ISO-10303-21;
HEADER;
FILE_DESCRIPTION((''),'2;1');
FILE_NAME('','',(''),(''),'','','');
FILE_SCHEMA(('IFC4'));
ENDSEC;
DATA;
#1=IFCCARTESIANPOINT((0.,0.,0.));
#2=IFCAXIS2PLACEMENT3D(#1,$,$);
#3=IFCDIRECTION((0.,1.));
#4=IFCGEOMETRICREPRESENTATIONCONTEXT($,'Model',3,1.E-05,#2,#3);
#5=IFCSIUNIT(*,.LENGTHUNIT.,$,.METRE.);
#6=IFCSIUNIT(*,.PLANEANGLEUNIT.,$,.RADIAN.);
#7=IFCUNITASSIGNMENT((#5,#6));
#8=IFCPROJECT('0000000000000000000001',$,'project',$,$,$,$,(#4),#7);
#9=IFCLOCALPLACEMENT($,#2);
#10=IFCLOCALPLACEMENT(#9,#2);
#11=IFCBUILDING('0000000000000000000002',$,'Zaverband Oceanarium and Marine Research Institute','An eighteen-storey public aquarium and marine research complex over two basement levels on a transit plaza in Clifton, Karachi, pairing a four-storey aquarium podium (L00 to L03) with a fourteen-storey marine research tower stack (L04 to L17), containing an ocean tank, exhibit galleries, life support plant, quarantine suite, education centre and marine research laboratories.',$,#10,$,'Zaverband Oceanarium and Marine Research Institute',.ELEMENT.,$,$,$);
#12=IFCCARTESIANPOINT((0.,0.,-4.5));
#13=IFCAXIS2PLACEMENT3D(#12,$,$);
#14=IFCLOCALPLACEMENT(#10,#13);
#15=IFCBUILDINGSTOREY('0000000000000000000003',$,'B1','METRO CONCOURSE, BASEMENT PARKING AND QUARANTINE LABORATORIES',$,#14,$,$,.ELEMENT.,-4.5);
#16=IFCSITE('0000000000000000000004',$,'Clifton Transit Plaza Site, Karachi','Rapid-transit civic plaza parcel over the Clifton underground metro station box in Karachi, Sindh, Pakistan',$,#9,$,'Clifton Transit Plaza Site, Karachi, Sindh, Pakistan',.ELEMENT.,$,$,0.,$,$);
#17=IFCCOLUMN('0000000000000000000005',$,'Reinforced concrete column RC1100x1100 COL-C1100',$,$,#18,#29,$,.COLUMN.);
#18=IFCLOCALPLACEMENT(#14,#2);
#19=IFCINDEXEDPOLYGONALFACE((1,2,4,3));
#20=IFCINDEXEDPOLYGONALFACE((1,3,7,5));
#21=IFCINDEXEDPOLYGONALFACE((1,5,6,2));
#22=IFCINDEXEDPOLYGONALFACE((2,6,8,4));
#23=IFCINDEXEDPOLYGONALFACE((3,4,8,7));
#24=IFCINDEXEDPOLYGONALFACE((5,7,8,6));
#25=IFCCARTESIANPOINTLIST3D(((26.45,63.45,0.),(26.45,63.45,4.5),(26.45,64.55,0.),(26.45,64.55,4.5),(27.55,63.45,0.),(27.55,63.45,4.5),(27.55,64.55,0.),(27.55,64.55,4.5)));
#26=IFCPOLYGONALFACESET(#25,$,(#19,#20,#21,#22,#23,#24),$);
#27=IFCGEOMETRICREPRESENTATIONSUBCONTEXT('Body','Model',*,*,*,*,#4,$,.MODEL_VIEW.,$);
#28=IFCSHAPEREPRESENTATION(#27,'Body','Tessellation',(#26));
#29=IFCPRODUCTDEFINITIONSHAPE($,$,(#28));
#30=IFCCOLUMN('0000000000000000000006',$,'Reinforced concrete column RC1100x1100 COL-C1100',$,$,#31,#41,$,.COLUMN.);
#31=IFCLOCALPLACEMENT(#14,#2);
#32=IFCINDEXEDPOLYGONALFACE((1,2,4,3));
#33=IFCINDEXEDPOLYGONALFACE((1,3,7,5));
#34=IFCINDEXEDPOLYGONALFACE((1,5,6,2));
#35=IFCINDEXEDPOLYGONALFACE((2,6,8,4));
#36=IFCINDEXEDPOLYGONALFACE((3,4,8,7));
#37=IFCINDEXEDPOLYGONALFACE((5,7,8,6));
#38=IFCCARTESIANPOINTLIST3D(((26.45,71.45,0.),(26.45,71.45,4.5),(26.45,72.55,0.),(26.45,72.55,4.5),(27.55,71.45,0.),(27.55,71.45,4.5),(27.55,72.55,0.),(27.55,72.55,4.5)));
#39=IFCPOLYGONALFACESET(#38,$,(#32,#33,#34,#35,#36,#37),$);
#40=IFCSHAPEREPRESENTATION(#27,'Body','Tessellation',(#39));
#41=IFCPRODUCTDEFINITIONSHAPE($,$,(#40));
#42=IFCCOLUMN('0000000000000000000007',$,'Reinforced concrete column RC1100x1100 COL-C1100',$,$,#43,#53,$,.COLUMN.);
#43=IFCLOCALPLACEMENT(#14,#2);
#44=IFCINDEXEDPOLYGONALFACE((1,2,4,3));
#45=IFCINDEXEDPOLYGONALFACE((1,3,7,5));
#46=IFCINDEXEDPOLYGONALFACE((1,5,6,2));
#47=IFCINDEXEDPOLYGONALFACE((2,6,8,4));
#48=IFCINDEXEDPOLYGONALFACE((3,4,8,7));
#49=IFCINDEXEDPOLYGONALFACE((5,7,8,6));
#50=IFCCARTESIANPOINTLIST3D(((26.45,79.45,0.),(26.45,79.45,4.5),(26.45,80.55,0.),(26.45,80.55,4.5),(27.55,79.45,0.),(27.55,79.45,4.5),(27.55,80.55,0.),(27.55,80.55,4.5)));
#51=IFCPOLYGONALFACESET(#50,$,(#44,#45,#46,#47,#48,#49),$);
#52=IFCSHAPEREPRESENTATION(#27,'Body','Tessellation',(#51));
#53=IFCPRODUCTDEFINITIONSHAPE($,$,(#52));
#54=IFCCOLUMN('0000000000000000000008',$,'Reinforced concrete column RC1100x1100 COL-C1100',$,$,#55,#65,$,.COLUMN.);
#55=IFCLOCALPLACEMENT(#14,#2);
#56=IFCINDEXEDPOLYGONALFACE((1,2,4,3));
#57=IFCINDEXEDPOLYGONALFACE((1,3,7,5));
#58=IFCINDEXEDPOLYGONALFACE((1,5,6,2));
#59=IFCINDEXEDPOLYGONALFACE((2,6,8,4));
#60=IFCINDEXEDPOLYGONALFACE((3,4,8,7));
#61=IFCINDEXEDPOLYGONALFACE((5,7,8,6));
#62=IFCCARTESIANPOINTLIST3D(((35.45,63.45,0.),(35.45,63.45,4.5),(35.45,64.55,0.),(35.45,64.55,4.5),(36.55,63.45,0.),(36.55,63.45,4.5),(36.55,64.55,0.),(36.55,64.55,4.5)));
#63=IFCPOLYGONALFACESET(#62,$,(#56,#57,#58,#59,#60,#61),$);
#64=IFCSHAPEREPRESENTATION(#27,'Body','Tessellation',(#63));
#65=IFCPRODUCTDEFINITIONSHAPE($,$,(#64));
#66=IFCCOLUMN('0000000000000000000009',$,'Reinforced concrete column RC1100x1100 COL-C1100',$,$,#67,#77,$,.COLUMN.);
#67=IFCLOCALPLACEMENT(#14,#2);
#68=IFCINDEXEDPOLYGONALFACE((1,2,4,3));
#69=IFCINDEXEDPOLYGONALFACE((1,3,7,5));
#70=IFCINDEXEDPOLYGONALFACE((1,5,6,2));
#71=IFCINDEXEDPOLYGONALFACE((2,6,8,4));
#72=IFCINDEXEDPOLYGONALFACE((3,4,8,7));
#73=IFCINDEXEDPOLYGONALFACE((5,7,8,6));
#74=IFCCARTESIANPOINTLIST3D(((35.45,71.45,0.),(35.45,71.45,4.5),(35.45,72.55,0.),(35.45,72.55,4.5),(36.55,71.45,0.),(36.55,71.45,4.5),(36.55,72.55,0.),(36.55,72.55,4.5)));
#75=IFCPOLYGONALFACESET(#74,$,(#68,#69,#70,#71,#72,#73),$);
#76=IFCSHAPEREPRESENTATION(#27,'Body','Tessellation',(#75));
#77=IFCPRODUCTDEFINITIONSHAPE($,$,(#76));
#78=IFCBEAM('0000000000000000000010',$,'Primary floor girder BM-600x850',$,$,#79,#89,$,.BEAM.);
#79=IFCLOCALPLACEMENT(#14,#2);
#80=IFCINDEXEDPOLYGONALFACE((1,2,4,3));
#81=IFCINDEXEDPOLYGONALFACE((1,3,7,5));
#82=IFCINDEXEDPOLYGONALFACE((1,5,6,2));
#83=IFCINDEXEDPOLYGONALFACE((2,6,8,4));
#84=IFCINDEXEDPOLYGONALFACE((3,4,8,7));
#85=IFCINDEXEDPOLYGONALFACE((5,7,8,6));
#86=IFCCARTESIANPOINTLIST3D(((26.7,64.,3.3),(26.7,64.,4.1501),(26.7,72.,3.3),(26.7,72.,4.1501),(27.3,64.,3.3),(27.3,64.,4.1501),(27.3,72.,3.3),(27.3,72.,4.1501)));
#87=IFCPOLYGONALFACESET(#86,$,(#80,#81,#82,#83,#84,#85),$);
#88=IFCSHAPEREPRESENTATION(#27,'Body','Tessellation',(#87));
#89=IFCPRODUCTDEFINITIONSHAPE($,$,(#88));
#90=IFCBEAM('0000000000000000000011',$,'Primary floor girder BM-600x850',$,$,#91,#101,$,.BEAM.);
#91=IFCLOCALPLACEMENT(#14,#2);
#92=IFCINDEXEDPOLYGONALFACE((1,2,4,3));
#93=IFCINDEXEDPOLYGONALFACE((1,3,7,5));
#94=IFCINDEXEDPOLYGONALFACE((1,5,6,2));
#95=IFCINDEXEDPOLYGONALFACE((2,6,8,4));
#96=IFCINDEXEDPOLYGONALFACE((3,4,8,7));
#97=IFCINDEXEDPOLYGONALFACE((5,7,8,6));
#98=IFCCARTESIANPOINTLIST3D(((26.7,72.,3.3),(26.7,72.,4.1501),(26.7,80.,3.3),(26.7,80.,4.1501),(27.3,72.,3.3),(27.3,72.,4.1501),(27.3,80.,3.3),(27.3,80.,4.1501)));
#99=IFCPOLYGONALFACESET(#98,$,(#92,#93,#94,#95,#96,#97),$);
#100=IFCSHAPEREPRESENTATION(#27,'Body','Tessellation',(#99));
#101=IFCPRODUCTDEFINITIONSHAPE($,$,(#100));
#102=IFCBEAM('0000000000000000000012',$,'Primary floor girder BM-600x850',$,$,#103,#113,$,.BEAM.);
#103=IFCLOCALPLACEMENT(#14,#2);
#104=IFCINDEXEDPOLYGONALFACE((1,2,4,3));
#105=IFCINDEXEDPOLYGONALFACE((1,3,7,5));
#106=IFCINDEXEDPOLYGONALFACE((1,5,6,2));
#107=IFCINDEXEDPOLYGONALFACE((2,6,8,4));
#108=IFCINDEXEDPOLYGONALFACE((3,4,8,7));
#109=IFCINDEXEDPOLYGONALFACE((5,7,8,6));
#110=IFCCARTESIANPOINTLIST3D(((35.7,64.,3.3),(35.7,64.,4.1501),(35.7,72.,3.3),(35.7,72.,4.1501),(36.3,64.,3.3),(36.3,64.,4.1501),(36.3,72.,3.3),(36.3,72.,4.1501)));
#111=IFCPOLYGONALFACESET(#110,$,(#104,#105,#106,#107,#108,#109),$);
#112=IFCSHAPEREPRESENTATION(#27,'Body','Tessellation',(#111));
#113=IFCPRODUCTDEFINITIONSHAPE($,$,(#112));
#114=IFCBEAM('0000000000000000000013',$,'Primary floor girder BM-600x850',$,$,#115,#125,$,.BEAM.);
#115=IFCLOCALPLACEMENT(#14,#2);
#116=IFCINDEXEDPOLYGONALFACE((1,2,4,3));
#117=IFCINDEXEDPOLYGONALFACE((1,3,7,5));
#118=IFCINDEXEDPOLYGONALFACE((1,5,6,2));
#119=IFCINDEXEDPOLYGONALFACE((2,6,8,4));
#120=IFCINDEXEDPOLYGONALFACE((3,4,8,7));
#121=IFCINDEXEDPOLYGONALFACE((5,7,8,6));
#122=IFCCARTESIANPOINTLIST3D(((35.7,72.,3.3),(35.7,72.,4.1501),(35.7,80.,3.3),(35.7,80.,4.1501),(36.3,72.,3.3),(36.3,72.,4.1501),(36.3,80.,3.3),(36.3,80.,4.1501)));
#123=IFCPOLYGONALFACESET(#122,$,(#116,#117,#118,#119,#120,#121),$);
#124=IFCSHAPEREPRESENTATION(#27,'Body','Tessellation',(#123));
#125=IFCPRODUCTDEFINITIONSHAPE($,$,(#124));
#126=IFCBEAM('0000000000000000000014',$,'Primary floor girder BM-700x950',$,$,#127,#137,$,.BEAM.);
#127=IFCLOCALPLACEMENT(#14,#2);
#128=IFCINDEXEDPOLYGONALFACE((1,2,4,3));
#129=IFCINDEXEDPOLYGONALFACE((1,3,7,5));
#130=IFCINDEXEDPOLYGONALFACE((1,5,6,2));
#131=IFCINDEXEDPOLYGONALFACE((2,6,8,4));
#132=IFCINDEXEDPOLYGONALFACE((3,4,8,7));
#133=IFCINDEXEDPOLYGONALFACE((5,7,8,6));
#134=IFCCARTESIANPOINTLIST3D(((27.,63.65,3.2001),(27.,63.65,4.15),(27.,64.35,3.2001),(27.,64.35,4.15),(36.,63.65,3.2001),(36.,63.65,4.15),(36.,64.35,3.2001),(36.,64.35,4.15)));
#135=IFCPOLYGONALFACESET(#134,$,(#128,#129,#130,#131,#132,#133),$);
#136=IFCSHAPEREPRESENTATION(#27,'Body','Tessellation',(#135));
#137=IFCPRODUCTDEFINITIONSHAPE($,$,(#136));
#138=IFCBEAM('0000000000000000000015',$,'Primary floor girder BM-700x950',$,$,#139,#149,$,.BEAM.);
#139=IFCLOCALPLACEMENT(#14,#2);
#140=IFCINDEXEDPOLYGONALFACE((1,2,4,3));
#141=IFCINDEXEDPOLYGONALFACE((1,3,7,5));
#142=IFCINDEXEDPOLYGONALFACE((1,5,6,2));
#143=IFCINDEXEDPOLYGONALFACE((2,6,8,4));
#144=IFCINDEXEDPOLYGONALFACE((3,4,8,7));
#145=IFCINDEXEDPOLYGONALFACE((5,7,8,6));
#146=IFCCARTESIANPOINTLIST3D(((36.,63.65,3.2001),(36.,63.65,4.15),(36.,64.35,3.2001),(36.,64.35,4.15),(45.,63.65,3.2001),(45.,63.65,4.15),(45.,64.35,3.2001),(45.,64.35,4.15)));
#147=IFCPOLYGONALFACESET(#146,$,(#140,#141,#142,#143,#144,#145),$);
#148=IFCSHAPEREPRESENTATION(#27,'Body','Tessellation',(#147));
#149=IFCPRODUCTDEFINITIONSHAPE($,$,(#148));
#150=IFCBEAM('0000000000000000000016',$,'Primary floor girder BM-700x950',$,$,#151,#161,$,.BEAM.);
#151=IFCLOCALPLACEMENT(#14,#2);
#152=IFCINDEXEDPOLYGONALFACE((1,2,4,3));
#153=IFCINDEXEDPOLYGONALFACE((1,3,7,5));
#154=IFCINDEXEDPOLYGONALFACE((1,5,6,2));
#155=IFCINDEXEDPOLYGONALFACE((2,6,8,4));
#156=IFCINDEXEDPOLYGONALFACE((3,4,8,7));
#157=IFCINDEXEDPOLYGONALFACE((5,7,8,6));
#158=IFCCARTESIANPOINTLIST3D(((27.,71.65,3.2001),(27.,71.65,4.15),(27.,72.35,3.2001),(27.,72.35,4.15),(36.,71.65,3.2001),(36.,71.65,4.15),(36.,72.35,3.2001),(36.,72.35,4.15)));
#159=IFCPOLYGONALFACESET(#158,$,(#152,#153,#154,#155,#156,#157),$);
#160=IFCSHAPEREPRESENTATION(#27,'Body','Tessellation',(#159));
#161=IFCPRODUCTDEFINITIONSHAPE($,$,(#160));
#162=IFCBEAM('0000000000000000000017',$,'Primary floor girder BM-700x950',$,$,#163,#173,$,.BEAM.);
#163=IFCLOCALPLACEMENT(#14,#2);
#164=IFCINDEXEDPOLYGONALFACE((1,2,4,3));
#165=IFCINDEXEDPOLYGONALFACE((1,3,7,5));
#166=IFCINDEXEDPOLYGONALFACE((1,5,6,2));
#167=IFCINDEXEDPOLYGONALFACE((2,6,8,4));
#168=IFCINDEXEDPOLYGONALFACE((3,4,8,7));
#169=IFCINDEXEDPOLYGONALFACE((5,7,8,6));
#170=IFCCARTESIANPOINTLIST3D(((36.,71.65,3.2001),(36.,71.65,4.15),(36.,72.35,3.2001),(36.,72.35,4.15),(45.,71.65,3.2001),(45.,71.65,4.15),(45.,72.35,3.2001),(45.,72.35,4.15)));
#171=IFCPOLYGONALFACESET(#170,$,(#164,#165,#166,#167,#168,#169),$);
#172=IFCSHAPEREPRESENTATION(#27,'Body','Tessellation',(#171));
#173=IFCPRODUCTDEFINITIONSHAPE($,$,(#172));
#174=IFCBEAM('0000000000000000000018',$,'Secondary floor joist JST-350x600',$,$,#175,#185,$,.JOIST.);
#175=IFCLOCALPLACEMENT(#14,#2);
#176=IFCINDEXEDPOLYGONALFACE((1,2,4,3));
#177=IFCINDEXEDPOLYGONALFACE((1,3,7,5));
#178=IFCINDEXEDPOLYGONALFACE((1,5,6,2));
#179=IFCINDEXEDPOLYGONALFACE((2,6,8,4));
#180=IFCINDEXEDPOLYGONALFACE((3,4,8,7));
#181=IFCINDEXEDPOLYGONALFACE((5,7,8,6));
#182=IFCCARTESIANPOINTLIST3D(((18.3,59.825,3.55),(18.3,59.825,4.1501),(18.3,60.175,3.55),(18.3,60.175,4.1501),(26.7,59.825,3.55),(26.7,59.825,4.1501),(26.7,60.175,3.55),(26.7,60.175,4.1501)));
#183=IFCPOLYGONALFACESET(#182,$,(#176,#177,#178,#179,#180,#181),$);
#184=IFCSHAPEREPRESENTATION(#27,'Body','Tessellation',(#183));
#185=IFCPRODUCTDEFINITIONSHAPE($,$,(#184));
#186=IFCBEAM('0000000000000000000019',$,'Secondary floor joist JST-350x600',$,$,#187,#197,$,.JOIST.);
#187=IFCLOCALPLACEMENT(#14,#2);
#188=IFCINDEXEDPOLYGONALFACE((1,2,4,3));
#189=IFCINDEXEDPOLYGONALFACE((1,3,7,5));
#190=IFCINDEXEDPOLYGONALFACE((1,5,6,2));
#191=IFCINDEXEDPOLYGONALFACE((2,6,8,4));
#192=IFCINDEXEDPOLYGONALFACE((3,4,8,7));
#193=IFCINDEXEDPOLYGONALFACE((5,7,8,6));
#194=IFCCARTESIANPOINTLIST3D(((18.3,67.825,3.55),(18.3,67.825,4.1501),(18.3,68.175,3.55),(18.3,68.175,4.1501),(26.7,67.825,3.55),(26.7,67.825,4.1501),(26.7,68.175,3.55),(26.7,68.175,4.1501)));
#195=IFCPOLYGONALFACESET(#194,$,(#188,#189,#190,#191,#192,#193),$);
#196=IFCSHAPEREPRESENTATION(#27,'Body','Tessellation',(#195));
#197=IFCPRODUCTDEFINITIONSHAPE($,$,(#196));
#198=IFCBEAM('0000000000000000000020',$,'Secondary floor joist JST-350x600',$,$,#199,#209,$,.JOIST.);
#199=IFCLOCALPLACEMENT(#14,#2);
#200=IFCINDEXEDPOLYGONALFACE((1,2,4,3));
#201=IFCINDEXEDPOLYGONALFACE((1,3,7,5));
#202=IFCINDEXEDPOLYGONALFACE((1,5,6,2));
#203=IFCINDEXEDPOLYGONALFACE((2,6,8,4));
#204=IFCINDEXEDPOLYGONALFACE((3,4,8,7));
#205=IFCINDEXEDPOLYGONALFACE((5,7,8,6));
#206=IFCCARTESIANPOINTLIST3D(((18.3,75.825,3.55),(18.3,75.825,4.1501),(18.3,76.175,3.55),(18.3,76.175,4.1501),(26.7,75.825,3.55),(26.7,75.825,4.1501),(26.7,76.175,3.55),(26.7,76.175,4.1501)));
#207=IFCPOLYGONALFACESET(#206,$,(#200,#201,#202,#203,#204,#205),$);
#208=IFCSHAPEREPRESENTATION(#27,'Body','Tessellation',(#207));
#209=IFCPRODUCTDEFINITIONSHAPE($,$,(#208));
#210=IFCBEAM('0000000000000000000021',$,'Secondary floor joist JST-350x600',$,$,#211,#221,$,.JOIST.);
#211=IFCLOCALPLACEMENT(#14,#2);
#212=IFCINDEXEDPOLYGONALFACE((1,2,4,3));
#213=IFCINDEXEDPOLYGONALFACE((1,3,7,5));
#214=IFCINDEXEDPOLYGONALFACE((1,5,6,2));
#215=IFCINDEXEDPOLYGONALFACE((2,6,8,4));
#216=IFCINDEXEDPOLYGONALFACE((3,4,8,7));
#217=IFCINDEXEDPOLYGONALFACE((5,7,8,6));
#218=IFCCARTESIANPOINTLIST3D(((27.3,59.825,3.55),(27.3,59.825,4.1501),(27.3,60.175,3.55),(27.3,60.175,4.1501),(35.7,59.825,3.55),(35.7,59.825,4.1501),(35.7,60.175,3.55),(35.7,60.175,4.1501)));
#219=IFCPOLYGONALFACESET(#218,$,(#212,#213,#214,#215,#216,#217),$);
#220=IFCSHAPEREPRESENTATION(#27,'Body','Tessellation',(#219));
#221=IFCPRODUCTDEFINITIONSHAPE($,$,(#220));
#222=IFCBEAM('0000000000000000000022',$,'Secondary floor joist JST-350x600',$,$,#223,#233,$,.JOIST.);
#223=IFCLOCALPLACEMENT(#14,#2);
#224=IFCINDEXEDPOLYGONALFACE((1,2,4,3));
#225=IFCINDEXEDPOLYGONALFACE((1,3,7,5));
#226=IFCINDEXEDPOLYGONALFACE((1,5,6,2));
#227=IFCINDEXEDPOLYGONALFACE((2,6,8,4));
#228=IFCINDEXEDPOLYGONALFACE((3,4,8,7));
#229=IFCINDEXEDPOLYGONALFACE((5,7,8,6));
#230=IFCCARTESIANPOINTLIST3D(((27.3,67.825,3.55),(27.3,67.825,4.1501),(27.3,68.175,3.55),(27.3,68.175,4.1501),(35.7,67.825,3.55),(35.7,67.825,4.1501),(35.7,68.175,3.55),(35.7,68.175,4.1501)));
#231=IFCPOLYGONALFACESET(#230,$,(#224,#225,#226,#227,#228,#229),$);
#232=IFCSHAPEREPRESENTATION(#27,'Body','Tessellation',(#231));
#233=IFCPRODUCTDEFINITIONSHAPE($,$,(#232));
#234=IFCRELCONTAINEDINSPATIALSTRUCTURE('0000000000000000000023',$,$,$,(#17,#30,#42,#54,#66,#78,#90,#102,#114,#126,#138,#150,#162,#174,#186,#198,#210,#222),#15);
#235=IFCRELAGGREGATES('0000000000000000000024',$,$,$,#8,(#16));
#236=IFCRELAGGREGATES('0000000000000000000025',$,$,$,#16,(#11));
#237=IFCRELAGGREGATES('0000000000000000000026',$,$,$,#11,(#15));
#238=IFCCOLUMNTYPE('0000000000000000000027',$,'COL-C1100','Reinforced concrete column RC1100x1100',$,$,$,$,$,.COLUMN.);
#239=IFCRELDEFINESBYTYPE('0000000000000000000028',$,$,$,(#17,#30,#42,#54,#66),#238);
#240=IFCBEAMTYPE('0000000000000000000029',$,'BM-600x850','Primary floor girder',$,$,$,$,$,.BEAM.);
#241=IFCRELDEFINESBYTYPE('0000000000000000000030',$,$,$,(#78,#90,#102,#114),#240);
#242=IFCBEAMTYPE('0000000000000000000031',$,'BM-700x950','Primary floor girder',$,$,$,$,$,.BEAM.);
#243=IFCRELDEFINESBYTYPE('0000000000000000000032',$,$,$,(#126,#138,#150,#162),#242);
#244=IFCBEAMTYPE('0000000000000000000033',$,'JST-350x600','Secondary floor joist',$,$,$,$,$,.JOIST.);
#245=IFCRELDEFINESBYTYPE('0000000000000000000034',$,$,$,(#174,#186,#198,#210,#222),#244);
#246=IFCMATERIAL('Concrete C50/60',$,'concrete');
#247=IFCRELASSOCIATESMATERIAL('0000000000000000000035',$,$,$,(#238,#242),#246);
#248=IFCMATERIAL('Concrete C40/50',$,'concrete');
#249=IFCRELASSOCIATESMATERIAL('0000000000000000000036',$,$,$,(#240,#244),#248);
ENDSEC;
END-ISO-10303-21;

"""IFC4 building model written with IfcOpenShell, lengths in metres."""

from ifc_helpers import new_model, si_unit, direction, frame, origin, origin_2d, place, context, subcontext, project, spatial, rectangle, extrude, material, material_profile, profile_set, type_object, element, save


model = new_model("IFC4")

# Units and contexts
model_context = context("Model", 3, precision=1e-05, world=origin(), true_north=direction((0.0, 1.0)))
body_context = subcontext(model_context, "Body", "Model", "MODEL_VIEW")
ifc_project = project(units=[si_unit("LENGTHUNIT", "METRE"), si_unit("PLANEANGLEUNIT", "RADIAN")], contexts=[model_context])

# Site, building, storey
site_placement = place(None, origin())
site = spatial("IfcSite", under=ifc_project, at=site_placement, Name="Clifton Transit Plaza Site, Karachi", Description="Rapid-transit civic plaza parcel over the Clifton underground metro station box in Karachi, Sindh, Pakistan", LongName="Clifton Transit Plaza Site, Karachi, Sindh, Pakistan", CompositionType="ELEMENT", RefElevation=0.0)
building_placement = place(site_placement, origin())
building = spatial("IfcBuilding", under=site, at=building_placement, Name="Zaverband Oceanarium and Marine Research Institute", Description="An eighteen-storey public aquarium and marine research complex over two basement levels on a transit plaza in Clifton, Karachi, pairing a four-storey aquarium podium (L00 to L03) with a fourteen-storey marine research tower stack (L04 to L17), containing an ocean tank, exhibit galleries, life support plant, quarantine suite, education centre and marine research laboratories.", LongName="Zaverband Oceanarium and Marine Research Institute", CompositionType="ELEMENT")
storey_placement = place(building_placement, frame((0.0, 0.0, -4.5)))
storey = spatial("IfcBuildingStorey", under=building, at=storey_placement, Name="B1", Description="METRO CONCOURSE, BASEMENT PARKING AND QUARANTINE LABORATORIES", CompositionType="ELEMENT", Elevation=-4.5)

# Columns
ifc_material_1 = material(Name="Concrete C50/60", Category="concrete")
ifc_material_profile_1 = material_profile(ifc_material_1, rectangle(XDim=1.1001, YDim=1.1001, at=origin_2d()), Name="RC1100x1100")
ifc_profile_set_1 = profile_set([ifc_material_profile_1], Name="Concrete C50/60")
column_type = type_object("IfcColumnType", Name="COL-C1100", Description="Reinforced concrete column RC1100x1100", PredefinedType="COLUMN", material=ifc_profile_set_1)
for number, where, z_axis, x_axis, name in (
    (1, (27.0, 64.0, 0.0), (0.0, 0.0, 1.0), (1.0, 0.0, 0.0), "Reinforced concrete column RC1100x1100 COL-C1100"),
    (2, (27.0, 72.0, 0.0), (0.0, 0.0, 1.0), (1.0, 0.0, 0.0), "Reinforced concrete column RC1100x1100 COL-C1100"),
    (3, (27.0, 80.0, 0.0), (0.0, 0.0, 1.0), (1.0, 0.0, 0.0), "Reinforced concrete column RC1100x1100 COL-C1100"),
    (4, (36.0, 64.0, 0.0), (0.0, 0.0, 1.0), (1.0, 0.0, 0.0), "Reinforced concrete column RC1100x1100 COL-C1100"),
    (5, (36.0, 72.0, 0.0), (0.0, 0.0, 1.0), (1.0, 0.0, 0.0), "Reinforced concrete column RC1100x1100 COL-C1100"),
):
    element("IfcColumn", number, at=place(storey_placement, frame(where, z_axis=z_axis, x_axis=x_axis)), inside=storey, type_object=column_type, Name=name, PredefinedType="COLUMN", context=body_context, shape_type="SweptSolid", body=[
        extrude(rectangle(XDim=1.1001, YDim=1.1001, at=origin_2d()), origin(), (0.0, 0.0, 1.0), 4.5),
    ])

# Beams
ifc_material_2 = material(Name="Concrete C40/50", Category="concrete")
ifc_material_profile_2 = material_profile(ifc_material_2, rectangle(XDim=0.6001, YDim=0.8501, at=origin_2d()), Name="RC600x850")
ifc_profile_set_2 = profile_set([ifc_material_profile_2], Name="Concrete C40/50")
beam_type_1 = type_object("IfcBeamType", Name="BM-600x850", Description="Primary floor girder", PredefinedType="BEAM", material=ifc_profile_set_2)
for number, where, z_axis, x_axis, name in (
    (6, (27.0, 64.0, 3.7251), (0.0, 1.0, 0.0), (-1.0, 0.0, 0.0), "Primary floor girder BM-600x850"),
    (7, (27.0, 72.0, 3.7251), (0.0, 1.0, 0.0), (-1.0, 0.0, 0.0), "Primary floor girder BM-600x850"),
    (8, (36.0, 64.0, 3.7251), (0.0, 1.0, 0.0), (-1.0, 0.0, 0.0), "Primary floor girder BM-600x850"),
    (9, (36.0, 72.0, 3.7251), (0.0, 1.0, 0.0), (-1.0, 0.0, 0.0), "Primary floor girder BM-600x850"),
):
    element("IfcBeam", number, at=place(storey_placement, frame(where, z_axis=z_axis, x_axis=x_axis)), inside=storey, type_object=beam_type_1, Name=name, PredefinedType="BEAM", context=body_context, shape_type="SweptSolid", body=[
        extrude(rectangle(XDim=0.6001, YDim=0.8501, at=origin_2d()), origin(), (0.0, 0.0, 1.0), 8.0),
    ])
ifc_material_profile_3 = material_profile(ifc_material_1, rectangle(XDim=0.7, YDim=0.95, at=origin_2d()), Name="RC700x950")
ifc_profile_set_3 = profile_set([ifc_material_profile_3], Name="Concrete C50/60")
beam_type_2 = type_object("IfcBeamType", Name="BM-700x950", Description="Primary floor girder", PredefinedType="BEAM", material=ifc_profile_set_3)
for number, where, z_axis, x_axis, name in (
    (10, (27.0, 64.0, 3.675), (1.0, 0.0, 0.0), (0.0, 1.0, 0.0), "Primary floor girder BM-700x950"),
    (11, (36.0, 64.0, 3.675), (1.0, 0.0, 0.0), (0.0, 1.0, 0.0), "Primary floor girder BM-700x950"),
    (12, (27.0, 72.0, 3.675), (1.0, 0.0, 0.0), (0.0, 1.0, 0.0), "Primary floor girder BM-700x950"),
    (13, (36.0, 72.0, 3.675), (1.0, 0.0, 0.0), (0.0, 1.0, 0.0), "Primary floor girder BM-700x950"),
):
    element("IfcBeam", number, at=place(storey_placement, frame(where, z_axis=z_axis, x_axis=x_axis)), inside=storey, type_object=beam_type_2, Name=name, PredefinedType="BEAM", context=body_context, shape_type="SweptSolid", body=[
        extrude(rectangle(XDim=0.7, YDim=0.95, at=origin_2d()), origin(), (0.0, 0.0, 1.0), 9.0),
    ])
ifc_material_profile_4 = material_profile(ifc_material_2, rectangle(XDim=0.3501, YDim=0.6001, at=origin_2d()), Name="RC350x600")
ifc_profile_set_4 = profile_set([ifc_material_profile_4], Name="Concrete C40/50")
beam_type_3 = type_object("IfcBeamType", Name="JST-350x600", Description="Secondary floor joist", PredefinedType="JOIST", material=ifc_profile_set_4)
for number, where, z_axis, x_axis, name in (
    (14, (18.3, 60.0, 3.8501), (1.0, 0.0, 0.0), (0.0, 1.0, 0.0), "Secondary floor joist JST-350x600"),
    (15, (18.3, 68.0, 3.8501), (1.0, 0.0, 0.0), (0.0, 1.0, 0.0), "Secondary floor joist JST-350x600"),
    (16, (18.3, 76.0, 3.8501), (1.0, 0.0, 0.0), (0.0, 1.0, 0.0), "Secondary floor joist JST-350x600"),
    (17, (27.3, 60.0, 3.8501), (1.0, 0.0, 0.0), (0.0, 1.0, 0.0), "Secondary floor joist JST-350x600"),
    (18, (27.3, 68.0, 3.8501), (1.0, 0.0, 0.0), (0.0, 1.0, 0.0), "Secondary floor joist JST-350x600"),
):
    element("IfcBeam", number, at=place(storey_placement, frame(where, z_axis=z_axis, x_axis=x_axis)), inside=storey, type_object=beam_type_3, Name=name, PredefinedType="JOIST", context=body_context, shape_type="SweptSolid", body=[
        extrude(rectangle(XDim=0.3501, YDim=0.6001, at=origin_2d()), origin(), (0.0, 0.0, 1.0), 8.3999),
    ])

save(model, "model.ifc")
